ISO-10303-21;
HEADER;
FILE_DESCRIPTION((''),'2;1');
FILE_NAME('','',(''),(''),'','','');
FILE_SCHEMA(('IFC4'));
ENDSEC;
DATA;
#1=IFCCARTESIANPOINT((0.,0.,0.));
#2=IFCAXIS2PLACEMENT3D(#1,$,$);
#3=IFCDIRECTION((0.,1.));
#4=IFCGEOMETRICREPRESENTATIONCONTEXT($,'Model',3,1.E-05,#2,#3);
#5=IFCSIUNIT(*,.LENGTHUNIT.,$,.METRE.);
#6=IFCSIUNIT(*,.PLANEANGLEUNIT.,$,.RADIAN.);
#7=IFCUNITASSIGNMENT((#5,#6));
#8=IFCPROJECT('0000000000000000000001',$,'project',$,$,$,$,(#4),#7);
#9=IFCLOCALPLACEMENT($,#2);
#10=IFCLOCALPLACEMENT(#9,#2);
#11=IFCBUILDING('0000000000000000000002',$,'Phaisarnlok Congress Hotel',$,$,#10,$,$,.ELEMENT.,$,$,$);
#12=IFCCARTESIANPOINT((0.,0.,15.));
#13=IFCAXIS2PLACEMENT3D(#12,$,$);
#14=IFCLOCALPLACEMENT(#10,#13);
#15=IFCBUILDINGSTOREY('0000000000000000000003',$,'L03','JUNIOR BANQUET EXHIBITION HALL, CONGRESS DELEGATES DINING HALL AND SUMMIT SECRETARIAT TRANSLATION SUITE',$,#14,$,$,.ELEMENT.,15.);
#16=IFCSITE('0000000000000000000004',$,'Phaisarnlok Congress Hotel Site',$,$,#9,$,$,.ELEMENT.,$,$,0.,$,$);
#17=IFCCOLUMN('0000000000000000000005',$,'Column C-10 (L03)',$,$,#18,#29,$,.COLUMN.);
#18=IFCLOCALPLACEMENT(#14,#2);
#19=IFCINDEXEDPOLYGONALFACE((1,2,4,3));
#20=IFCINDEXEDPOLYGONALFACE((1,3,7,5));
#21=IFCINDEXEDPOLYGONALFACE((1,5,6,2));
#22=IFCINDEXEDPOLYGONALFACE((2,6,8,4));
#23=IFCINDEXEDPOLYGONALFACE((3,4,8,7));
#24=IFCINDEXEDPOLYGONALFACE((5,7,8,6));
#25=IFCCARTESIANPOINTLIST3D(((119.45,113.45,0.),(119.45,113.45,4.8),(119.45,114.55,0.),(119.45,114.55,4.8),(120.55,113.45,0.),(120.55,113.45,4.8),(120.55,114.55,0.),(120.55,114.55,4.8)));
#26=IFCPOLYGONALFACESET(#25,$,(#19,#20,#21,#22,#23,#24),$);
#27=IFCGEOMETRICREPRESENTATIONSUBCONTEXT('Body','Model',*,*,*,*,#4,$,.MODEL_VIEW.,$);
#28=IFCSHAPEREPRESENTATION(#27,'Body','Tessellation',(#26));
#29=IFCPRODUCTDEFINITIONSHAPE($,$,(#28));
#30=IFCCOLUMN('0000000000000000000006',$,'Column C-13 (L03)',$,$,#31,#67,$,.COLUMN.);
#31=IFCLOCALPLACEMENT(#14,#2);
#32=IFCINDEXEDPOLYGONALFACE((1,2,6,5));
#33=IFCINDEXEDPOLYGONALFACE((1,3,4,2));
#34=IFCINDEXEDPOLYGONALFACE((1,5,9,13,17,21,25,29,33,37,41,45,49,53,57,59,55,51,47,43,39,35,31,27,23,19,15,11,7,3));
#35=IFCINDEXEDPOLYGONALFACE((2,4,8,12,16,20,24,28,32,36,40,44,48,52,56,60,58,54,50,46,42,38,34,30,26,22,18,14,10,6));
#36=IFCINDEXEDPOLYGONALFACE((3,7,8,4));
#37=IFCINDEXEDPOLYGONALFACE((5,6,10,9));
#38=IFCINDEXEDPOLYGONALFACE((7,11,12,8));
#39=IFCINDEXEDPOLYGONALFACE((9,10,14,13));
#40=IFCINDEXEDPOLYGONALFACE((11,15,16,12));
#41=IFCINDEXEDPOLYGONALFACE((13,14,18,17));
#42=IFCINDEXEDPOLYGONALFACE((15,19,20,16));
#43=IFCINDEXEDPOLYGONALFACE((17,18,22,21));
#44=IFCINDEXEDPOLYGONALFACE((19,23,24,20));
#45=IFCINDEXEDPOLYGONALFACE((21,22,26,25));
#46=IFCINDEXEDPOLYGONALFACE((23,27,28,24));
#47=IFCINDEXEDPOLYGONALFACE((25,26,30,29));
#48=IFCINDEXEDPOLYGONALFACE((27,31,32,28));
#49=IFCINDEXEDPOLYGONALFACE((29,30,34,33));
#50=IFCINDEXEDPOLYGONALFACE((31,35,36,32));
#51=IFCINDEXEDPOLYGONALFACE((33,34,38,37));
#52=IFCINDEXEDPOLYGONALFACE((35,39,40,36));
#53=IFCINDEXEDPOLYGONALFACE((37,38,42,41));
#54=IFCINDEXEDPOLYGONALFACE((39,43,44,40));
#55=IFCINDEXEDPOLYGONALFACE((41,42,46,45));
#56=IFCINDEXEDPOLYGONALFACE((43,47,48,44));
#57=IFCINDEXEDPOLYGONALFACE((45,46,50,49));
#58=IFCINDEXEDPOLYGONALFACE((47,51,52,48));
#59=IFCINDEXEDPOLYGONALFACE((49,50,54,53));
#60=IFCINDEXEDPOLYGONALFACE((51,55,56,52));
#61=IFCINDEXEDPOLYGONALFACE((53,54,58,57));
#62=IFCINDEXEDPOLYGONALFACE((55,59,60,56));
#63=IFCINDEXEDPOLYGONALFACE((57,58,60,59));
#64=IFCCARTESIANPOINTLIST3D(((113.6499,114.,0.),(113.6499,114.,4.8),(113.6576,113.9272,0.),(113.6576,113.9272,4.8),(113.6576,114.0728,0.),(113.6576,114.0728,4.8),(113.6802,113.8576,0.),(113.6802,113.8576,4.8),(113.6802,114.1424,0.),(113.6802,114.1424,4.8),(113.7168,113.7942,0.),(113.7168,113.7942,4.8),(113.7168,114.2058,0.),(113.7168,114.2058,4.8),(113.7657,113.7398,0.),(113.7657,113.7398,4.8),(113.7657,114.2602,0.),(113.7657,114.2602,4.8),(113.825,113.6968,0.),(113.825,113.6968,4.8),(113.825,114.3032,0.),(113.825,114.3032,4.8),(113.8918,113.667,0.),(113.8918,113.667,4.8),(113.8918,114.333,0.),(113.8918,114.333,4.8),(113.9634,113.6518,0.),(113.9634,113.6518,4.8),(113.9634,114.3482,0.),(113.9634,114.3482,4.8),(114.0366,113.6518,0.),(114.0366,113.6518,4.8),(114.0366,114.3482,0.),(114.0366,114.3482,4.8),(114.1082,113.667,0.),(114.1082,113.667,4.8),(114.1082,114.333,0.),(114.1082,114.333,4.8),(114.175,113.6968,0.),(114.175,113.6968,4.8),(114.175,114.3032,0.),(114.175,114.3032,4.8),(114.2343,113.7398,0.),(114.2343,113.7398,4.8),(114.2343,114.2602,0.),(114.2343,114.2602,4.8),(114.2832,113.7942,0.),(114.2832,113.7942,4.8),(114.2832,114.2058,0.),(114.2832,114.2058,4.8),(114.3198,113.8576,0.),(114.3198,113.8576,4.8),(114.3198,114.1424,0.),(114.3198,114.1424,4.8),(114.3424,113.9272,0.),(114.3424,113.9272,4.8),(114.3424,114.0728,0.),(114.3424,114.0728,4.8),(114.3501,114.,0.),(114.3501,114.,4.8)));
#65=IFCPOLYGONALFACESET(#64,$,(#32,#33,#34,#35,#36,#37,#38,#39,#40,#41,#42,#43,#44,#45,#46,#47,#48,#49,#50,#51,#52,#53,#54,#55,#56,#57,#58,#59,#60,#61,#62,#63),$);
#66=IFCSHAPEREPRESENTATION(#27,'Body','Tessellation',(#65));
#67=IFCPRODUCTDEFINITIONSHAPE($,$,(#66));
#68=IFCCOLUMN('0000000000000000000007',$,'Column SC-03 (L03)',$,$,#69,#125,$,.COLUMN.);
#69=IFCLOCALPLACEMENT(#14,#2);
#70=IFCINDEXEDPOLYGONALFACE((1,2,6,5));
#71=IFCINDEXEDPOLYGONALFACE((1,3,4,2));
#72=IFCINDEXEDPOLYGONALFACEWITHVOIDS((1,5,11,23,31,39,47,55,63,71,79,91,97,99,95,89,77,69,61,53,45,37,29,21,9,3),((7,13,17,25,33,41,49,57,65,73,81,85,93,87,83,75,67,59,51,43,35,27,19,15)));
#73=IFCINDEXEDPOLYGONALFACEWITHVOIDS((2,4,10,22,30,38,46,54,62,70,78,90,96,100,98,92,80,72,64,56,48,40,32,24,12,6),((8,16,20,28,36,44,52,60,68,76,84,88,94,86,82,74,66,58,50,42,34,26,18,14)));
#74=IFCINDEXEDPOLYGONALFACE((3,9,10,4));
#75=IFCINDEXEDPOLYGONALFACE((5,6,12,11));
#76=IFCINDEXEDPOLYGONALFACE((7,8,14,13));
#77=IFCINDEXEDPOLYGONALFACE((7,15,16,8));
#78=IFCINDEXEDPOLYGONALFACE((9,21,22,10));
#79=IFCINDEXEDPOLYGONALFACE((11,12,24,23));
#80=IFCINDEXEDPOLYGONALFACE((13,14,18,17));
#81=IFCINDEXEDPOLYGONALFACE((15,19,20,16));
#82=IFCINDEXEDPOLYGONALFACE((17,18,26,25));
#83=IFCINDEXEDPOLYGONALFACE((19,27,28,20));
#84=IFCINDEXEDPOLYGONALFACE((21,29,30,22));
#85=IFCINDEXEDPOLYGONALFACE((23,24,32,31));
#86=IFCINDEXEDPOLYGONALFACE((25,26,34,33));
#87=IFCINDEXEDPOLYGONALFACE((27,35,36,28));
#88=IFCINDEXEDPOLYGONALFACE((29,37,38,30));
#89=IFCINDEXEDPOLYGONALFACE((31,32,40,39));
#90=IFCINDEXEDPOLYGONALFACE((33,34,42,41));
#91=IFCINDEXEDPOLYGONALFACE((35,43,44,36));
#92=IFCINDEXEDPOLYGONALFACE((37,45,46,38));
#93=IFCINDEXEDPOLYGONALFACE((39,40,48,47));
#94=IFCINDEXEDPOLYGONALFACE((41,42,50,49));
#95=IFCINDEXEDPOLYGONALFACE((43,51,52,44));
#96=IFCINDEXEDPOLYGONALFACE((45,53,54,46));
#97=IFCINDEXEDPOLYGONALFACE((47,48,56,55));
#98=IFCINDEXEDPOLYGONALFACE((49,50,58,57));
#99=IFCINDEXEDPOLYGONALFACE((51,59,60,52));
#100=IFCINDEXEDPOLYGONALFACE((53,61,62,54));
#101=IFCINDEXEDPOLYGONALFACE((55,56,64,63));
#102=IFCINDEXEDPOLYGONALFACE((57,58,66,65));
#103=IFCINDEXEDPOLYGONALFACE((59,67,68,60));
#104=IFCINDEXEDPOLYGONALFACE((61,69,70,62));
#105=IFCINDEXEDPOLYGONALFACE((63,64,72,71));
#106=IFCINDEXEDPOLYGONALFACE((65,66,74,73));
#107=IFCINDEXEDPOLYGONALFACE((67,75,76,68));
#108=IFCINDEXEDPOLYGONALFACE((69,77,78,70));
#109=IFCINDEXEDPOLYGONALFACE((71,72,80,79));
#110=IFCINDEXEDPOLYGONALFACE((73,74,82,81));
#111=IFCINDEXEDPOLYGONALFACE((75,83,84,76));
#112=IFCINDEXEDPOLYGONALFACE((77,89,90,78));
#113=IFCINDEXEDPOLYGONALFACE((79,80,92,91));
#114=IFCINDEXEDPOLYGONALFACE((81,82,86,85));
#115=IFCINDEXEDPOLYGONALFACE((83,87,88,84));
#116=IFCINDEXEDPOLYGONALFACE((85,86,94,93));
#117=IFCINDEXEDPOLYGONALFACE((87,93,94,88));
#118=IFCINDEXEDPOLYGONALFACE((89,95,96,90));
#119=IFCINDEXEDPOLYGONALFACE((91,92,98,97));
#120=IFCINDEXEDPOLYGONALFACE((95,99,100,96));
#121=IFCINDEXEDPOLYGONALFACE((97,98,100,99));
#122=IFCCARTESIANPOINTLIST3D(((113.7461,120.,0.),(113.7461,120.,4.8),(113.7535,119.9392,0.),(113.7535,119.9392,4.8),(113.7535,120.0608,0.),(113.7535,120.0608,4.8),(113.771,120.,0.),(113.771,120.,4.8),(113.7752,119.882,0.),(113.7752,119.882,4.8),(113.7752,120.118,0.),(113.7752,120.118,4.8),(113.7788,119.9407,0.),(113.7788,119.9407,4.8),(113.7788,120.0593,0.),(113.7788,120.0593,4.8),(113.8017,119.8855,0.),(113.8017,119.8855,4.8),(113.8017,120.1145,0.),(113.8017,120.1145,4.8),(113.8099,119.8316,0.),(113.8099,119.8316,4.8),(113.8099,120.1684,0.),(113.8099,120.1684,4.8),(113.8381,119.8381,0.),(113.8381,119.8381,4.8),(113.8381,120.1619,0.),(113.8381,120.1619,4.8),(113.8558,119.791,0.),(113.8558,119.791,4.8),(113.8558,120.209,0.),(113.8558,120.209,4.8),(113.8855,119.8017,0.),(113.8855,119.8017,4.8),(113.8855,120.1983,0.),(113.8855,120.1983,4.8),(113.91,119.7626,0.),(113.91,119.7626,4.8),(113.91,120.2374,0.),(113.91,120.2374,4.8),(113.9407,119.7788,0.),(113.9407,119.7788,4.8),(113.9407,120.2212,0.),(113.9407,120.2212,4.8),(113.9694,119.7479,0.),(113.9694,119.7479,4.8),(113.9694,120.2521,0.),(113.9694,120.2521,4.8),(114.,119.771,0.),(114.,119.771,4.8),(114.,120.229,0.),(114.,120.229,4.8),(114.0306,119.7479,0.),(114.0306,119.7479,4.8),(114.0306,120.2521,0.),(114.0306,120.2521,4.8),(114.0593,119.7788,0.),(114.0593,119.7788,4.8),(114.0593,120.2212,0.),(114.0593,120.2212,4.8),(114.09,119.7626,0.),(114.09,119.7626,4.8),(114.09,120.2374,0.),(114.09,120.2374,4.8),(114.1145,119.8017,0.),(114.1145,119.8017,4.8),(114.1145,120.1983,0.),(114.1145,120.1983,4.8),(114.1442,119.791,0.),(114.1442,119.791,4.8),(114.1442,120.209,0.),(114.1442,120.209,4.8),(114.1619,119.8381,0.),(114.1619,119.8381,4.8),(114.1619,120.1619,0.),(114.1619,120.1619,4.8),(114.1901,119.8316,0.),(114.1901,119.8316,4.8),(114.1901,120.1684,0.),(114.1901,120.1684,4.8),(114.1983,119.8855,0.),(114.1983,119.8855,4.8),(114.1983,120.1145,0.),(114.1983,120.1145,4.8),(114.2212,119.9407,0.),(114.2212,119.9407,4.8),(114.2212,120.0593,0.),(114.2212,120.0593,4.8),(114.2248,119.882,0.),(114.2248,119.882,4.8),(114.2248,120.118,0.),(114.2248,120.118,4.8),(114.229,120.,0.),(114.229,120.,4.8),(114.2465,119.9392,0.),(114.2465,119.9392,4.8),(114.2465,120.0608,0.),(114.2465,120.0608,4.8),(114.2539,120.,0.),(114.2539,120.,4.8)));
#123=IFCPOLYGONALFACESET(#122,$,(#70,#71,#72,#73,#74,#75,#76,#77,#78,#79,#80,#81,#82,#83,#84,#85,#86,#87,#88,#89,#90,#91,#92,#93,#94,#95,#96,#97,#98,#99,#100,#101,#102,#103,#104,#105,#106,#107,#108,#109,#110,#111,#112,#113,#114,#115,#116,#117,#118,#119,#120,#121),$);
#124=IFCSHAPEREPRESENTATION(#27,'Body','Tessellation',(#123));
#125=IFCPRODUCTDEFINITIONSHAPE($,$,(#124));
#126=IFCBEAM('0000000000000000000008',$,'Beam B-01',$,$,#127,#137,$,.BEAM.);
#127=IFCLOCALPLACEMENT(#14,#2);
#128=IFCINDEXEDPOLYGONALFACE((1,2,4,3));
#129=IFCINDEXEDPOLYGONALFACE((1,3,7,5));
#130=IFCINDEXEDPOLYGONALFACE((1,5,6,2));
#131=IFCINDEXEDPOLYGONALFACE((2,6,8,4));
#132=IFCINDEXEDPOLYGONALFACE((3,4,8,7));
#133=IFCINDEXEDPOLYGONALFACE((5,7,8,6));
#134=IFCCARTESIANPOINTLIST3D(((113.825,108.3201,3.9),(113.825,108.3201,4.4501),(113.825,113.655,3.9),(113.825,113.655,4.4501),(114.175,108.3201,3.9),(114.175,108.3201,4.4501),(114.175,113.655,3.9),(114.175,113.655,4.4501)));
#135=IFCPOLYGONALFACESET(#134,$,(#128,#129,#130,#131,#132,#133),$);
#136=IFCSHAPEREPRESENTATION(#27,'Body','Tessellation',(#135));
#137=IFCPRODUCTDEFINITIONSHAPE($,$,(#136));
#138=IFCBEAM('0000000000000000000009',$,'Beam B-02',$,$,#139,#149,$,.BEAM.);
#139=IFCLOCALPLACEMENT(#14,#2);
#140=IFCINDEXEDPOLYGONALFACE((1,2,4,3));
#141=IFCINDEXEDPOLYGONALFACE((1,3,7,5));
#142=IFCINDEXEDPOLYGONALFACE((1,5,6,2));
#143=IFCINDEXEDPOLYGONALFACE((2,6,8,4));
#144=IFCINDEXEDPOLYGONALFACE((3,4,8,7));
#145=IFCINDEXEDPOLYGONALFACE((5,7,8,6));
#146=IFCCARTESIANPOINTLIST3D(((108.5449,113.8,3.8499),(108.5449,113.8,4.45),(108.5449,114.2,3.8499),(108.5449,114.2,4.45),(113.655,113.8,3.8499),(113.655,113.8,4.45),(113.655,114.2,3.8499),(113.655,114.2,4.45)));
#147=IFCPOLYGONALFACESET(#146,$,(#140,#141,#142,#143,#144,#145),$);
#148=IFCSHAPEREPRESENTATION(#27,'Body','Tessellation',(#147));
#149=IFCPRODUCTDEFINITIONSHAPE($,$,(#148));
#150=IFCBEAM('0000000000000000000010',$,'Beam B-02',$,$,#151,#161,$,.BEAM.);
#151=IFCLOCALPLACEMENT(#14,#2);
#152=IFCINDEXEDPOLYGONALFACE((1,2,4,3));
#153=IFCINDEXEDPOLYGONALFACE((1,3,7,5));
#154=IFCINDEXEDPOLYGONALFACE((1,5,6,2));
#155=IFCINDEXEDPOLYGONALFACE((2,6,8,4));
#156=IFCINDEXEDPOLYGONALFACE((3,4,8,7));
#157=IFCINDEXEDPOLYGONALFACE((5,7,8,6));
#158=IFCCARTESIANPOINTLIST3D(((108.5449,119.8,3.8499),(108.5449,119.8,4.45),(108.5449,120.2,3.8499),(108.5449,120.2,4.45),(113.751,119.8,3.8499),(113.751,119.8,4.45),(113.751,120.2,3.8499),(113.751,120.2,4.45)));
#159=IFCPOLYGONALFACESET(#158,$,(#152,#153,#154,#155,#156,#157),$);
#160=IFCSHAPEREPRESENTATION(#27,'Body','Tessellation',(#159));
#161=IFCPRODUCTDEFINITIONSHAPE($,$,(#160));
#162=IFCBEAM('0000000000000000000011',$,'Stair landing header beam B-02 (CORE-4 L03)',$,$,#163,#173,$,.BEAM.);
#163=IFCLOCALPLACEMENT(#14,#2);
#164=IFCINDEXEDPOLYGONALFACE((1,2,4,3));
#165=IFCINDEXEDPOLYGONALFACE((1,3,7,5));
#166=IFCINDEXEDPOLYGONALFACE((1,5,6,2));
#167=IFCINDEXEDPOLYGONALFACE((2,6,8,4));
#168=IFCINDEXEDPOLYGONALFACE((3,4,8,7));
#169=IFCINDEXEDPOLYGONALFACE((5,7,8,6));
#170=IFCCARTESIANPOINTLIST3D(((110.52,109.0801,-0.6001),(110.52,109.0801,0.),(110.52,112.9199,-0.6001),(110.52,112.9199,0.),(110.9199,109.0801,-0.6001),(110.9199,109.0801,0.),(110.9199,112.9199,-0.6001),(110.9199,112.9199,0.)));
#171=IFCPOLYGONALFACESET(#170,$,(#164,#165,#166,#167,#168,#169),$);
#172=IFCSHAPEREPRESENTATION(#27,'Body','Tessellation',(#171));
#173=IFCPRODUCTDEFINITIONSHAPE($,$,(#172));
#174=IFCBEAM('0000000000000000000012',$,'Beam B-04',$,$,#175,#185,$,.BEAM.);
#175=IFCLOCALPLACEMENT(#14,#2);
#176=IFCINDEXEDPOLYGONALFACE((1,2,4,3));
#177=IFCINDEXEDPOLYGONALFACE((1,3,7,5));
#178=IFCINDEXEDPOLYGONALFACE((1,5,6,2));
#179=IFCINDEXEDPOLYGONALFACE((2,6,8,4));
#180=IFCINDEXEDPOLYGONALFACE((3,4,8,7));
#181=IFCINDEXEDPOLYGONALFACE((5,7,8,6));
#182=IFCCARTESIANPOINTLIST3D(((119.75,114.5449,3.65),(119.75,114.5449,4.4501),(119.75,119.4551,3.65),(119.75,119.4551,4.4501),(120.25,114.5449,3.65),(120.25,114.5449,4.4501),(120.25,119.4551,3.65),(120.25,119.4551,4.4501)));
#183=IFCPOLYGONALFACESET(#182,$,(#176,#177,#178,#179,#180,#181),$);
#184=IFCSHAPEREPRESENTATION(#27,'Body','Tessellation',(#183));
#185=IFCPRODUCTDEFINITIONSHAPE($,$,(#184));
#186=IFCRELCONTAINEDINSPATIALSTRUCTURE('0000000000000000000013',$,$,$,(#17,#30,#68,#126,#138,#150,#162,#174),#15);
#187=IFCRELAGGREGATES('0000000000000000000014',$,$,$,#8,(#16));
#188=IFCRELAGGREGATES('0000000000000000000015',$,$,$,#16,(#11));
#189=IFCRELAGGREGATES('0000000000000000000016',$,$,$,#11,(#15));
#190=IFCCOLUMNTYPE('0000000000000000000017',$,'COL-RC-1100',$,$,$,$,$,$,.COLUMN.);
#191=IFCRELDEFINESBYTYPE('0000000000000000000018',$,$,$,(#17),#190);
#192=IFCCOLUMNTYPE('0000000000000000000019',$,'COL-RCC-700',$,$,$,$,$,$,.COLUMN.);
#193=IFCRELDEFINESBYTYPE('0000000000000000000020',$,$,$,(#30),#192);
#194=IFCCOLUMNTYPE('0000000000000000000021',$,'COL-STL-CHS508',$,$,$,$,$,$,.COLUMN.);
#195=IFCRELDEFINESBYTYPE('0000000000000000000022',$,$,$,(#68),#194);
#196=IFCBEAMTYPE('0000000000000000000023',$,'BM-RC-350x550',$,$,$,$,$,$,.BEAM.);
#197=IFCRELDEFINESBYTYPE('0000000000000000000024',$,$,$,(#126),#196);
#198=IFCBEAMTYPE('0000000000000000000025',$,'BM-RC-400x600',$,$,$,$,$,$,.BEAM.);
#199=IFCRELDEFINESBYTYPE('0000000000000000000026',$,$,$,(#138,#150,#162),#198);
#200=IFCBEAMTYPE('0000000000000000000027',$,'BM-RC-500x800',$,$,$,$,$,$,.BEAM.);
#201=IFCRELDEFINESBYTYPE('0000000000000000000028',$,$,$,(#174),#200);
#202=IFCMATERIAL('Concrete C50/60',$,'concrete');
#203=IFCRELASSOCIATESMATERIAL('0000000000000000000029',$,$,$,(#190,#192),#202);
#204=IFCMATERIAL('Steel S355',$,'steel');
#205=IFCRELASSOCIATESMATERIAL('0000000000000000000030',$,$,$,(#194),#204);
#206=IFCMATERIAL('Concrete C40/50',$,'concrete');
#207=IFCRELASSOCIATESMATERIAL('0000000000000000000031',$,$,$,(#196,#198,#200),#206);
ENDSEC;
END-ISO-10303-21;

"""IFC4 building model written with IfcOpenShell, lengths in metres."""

from ifc_helpers import new_model, si_unit, direction, frame, origin, origin_2d, place, context, subcontext, project, spatial, rectangle, circle, hollow_circle, extrude, material, material_profile, profile_set, type_object, element, save


model = new_model("IFC4")

# Units and contexts
model_context = context("Model", 3, precision=1e-05, world=origin(), true_north=direction((0.0, 1.0)))
body_context = subcontext(model_context, "Body", "Model", "MODEL_VIEW")
ifc_project = project(units=[si_unit("LENGTHUNIT", "METRE"), si_unit("PLANEANGLEUNIT", "RADIAN")], contexts=[model_context])

# Site, building, storey
site_placement = place(None, origin())
site = spatial("IfcSite", under=ifc_project, at=site_placement, Name="Phaisarnlok Congress Hotel Site", CompositionType="ELEMENT", RefElevation=0.0)
building_placement = place(site_placement, origin())
building = spatial("IfcBuilding", under=site, at=building_placement, Name="Phaisarnlok Congress Hotel", CompositionType="ELEMENT")
storey_placement = place(building_placement, frame((0.0, 0.0, 15.0)))
storey = spatial("IfcBuildingStorey", under=building, at=storey_placement, Name="L03", Description="JUNIOR BANQUET EXHIBITION HALL, CONGRESS DELEGATES DINING HALL AND SUMMIT SECRETARIAT TRANSLATION SUITE", CompositionType="ELEMENT", Elevation=15.0)

# Columns
ifc_material_1 = material(Name="Concrete C50/60", Category="concrete")
ifc_material_profile_1 = material_profile(ifc_material_1, rectangle(XDim=1.1001, YDim=1.1001, at=origin_2d()), Name="RC 1100x1100")
ifc_profile_set_1 = profile_set([ifc_material_profile_1], Name="Concrete C50/60")
column_type_1 = type_object("IfcColumnType", Name="COL-RC-1100", PredefinedType="COLUMN", material=ifc_profile_set_1)
column_1_placement = place(storey_placement, frame((120.0, 114.0, 0.0), z_axis=(0.0, 0.0, 1.0), x_axis=(1.0, 0.0, 0.0)))
element("IfcColumn", 1, at=column_1_placement, inside=storey, type_object=column_type_1, Name="Column C-10 (L03)", PredefinedType="COLUMN", context=body_context, shape_type="SweptSolid", body=[
    extrude(rectangle(XDim=1.1001, YDim=1.1001, at=origin_2d()), origin(), (0.0, 0.0, 1.0), 4.8),
])
ifc_material_profile_2 = material_profile(ifc_material_1, circle(Radius=0.3501, at=origin_2d()), Name="RCC D700")
ifc_profile_set_2 = profile_set([ifc_material_profile_2], Name="Concrete C50/60")
column_type_2 = type_object("IfcColumnType", Name="COL-RCC-700", PredefinedType="COLUMN", material=ifc_profile_set_2)
column_2_placement = place(storey_placement, frame((114.0, 114.0, 0.0), z_axis=(0.0, 0.0, 1.0), x_axis=(1.0, 0.0, 0.0)))
element("IfcColumn", 2, at=column_2_placement, inside=storey, type_object=column_type_2, Name="Column C-13 (L03)", PredefinedType="COLUMN", context=body_context, shape_type="SweptSolid", body=[
    extrude(circle(Radius=0.3501, at=origin_2d()), origin(), (0.0, 0.0, 1.0), 4.8),
])
ifc_material_2 = material(Name="Steel S355", Category="steel")
ifc_material_profile_3 = material_profile(ifc_material_2, hollow_circle(Radius=0.2539, WallThickness=0.0249, at=origin_2d()), Name="CHS 508x25")
ifc_profile_set_3 = profile_set([ifc_material_profile_3], Name="Steel S355")
column_type_3 = type_object("IfcColumnType", Name="COL-STL-CHS508", PredefinedType="COLUMN", material=ifc_profile_set_3)
column_3_placement = place(storey_placement, frame((114.0, 120.0, 0.0), z_axis=(0.0, 0.0, 1.0), x_axis=(1.0, 0.0, 0.0)))
element("IfcColumn", 3, at=column_3_placement, inside=storey, type_object=column_type_3, Name="Column SC-03 (L03)", PredefinedType="COLUMN", context=body_context, shape_type="SweptSolid", body=[
    extrude(hollow_circle(Radius=0.2539, WallThickness=0.0249, at=origin_2d()), origin(), (0.0, 0.0, 1.0), 4.8),
])

# Beams
ifc_material_3 = material(Name="Concrete C40/50", Category="concrete")
ifc_material_profile_4 = material_profile(ifc_material_3, rectangle(XDim=0.3501, YDim=0.55, at=origin_2d()), Name="RC 350x550")
ifc_profile_set_4 = profile_set([ifc_material_profile_4], Name="Concrete C40/50")
beam_type_1 = type_object("IfcBeamType", Name="BM-RC-350x550", PredefinedType="BEAM", material=ifc_profile_set_4)
beam_1_placement = place(storey_placement, frame((114.0, 108.3201, 4.175), z_axis=(0.0, 1.0, 0.0), x_axis=(-1.0, 0.0, 0.0)))
element("IfcBeam", 4, at=beam_1_placement, inside=storey, type_object=beam_type_1, Name="Beam B-01", PredefinedType="BEAM", context=body_context, shape_type="SweptSolid", body=[
    extrude(rectangle(XDim=0.3501, YDim=0.55, at=origin_2d()), origin(), (0.0, 0.0, 1.0), 5.335),
])
ifc_material_profile_5 = material_profile(ifc_material_3, rectangle(XDim=0.3999, YDim=0.6001, at=origin_2d()), Name="RC 400x600")
ifc_profile_set_5 = profile_set([ifc_material_profile_5], Name="Concrete C40/50")
beam_type_2 = type_object("IfcBeamType", Name="BM-RC-400x600", PredefinedType="BEAM", material=ifc_profile_set_5)
beam_2_placement = place(storey_placement, frame((108.5449, 114.0, 4.1499), z_axis=(1.0, 0.0, 0.0), x_axis=(0.0, 1.0, 0.0)))
element("IfcBeam", 5, at=beam_2_placement, inside=storey, type_object=beam_type_2, Name="Beam B-02", PredefinedType="BEAM", context=body_context, shape_type="SweptSolid", body=[
    extrude(rectangle(XDim=0.3999, YDim=0.6001, at=origin_2d()), origin(), (0.0, 0.0, 1.0), 5.1101),
])
beam_3_placement = place(storey_placement, frame((108.5449, 120.0, 4.1499), z_axis=(1.0, 0.0, 0.0), x_axis=(0.0, 1.0, 0.0)))
element("IfcBeam", 6, at=beam_3_placement, inside=storey, type_object=beam_type_2, Name="Beam B-02", PredefinedType="BEAM", context=body_context, shape_type="SweptSolid", body=[
    extrude(rectangle(XDim=0.3999, YDim=0.6001, at=origin_2d()), origin(), (0.0, 0.0, 1.0), 5.2061),
])
beam_4_placement = place(storey_placement, frame((110.72, 109.0801, -0.3), z_axis=(0.0, 1.0, 0.0), x_axis=(-1.0, 0.0, 0.0)))
element("IfcBeam", 7, at=beam_4_placement, inside=storey, type_object=beam_type_2, Name="Stair landing header beam B-02 (CORE-4 L03)", PredefinedType="BEAM", context=body_context, shape_type="SweptSolid", body=[
    extrude(rectangle(XDim=0.3999, YDim=0.6001, at=origin_2d()), origin(), (0.0, 0.0, 1.0), 3.8398),
])
ifc_material_profile_6 = material_profile(ifc_material_3, rectangle(XDim=0.5, YDim=0.8, at=origin_2d()), Name="RC 500x800")
ifc_profile_set_6 = profile_set([ifc_material_profile_6], Name="Concrete C40/50")
beam_type_3 = type_object("IfcBeamType", Name="BM-RC-500x800", PredefinedType="BEAM", material=ifc_profile_set_6)
beam_5_placement = place(storey_placement, frame((120.0, 114.5449, 4.05), z_axis=(0.0, 1.0, 0.0), x_axis=(-1.0, 0.0, 0.0)))
element("IfcBeam", 8, at=beam_5_placement, inside=storey, type_object=beam_type_3, Name="Beam B-04", PredefinedType="BEAM", context=body_context, shape_type="SweptSolid", body=[
    extrude(rectangle(XDim=0.5, YDim=0.8, at=origin_2d()), origin(), (0.0, 0.0, 1.0), 4.9102),
])

save(model, "model.ifc")
